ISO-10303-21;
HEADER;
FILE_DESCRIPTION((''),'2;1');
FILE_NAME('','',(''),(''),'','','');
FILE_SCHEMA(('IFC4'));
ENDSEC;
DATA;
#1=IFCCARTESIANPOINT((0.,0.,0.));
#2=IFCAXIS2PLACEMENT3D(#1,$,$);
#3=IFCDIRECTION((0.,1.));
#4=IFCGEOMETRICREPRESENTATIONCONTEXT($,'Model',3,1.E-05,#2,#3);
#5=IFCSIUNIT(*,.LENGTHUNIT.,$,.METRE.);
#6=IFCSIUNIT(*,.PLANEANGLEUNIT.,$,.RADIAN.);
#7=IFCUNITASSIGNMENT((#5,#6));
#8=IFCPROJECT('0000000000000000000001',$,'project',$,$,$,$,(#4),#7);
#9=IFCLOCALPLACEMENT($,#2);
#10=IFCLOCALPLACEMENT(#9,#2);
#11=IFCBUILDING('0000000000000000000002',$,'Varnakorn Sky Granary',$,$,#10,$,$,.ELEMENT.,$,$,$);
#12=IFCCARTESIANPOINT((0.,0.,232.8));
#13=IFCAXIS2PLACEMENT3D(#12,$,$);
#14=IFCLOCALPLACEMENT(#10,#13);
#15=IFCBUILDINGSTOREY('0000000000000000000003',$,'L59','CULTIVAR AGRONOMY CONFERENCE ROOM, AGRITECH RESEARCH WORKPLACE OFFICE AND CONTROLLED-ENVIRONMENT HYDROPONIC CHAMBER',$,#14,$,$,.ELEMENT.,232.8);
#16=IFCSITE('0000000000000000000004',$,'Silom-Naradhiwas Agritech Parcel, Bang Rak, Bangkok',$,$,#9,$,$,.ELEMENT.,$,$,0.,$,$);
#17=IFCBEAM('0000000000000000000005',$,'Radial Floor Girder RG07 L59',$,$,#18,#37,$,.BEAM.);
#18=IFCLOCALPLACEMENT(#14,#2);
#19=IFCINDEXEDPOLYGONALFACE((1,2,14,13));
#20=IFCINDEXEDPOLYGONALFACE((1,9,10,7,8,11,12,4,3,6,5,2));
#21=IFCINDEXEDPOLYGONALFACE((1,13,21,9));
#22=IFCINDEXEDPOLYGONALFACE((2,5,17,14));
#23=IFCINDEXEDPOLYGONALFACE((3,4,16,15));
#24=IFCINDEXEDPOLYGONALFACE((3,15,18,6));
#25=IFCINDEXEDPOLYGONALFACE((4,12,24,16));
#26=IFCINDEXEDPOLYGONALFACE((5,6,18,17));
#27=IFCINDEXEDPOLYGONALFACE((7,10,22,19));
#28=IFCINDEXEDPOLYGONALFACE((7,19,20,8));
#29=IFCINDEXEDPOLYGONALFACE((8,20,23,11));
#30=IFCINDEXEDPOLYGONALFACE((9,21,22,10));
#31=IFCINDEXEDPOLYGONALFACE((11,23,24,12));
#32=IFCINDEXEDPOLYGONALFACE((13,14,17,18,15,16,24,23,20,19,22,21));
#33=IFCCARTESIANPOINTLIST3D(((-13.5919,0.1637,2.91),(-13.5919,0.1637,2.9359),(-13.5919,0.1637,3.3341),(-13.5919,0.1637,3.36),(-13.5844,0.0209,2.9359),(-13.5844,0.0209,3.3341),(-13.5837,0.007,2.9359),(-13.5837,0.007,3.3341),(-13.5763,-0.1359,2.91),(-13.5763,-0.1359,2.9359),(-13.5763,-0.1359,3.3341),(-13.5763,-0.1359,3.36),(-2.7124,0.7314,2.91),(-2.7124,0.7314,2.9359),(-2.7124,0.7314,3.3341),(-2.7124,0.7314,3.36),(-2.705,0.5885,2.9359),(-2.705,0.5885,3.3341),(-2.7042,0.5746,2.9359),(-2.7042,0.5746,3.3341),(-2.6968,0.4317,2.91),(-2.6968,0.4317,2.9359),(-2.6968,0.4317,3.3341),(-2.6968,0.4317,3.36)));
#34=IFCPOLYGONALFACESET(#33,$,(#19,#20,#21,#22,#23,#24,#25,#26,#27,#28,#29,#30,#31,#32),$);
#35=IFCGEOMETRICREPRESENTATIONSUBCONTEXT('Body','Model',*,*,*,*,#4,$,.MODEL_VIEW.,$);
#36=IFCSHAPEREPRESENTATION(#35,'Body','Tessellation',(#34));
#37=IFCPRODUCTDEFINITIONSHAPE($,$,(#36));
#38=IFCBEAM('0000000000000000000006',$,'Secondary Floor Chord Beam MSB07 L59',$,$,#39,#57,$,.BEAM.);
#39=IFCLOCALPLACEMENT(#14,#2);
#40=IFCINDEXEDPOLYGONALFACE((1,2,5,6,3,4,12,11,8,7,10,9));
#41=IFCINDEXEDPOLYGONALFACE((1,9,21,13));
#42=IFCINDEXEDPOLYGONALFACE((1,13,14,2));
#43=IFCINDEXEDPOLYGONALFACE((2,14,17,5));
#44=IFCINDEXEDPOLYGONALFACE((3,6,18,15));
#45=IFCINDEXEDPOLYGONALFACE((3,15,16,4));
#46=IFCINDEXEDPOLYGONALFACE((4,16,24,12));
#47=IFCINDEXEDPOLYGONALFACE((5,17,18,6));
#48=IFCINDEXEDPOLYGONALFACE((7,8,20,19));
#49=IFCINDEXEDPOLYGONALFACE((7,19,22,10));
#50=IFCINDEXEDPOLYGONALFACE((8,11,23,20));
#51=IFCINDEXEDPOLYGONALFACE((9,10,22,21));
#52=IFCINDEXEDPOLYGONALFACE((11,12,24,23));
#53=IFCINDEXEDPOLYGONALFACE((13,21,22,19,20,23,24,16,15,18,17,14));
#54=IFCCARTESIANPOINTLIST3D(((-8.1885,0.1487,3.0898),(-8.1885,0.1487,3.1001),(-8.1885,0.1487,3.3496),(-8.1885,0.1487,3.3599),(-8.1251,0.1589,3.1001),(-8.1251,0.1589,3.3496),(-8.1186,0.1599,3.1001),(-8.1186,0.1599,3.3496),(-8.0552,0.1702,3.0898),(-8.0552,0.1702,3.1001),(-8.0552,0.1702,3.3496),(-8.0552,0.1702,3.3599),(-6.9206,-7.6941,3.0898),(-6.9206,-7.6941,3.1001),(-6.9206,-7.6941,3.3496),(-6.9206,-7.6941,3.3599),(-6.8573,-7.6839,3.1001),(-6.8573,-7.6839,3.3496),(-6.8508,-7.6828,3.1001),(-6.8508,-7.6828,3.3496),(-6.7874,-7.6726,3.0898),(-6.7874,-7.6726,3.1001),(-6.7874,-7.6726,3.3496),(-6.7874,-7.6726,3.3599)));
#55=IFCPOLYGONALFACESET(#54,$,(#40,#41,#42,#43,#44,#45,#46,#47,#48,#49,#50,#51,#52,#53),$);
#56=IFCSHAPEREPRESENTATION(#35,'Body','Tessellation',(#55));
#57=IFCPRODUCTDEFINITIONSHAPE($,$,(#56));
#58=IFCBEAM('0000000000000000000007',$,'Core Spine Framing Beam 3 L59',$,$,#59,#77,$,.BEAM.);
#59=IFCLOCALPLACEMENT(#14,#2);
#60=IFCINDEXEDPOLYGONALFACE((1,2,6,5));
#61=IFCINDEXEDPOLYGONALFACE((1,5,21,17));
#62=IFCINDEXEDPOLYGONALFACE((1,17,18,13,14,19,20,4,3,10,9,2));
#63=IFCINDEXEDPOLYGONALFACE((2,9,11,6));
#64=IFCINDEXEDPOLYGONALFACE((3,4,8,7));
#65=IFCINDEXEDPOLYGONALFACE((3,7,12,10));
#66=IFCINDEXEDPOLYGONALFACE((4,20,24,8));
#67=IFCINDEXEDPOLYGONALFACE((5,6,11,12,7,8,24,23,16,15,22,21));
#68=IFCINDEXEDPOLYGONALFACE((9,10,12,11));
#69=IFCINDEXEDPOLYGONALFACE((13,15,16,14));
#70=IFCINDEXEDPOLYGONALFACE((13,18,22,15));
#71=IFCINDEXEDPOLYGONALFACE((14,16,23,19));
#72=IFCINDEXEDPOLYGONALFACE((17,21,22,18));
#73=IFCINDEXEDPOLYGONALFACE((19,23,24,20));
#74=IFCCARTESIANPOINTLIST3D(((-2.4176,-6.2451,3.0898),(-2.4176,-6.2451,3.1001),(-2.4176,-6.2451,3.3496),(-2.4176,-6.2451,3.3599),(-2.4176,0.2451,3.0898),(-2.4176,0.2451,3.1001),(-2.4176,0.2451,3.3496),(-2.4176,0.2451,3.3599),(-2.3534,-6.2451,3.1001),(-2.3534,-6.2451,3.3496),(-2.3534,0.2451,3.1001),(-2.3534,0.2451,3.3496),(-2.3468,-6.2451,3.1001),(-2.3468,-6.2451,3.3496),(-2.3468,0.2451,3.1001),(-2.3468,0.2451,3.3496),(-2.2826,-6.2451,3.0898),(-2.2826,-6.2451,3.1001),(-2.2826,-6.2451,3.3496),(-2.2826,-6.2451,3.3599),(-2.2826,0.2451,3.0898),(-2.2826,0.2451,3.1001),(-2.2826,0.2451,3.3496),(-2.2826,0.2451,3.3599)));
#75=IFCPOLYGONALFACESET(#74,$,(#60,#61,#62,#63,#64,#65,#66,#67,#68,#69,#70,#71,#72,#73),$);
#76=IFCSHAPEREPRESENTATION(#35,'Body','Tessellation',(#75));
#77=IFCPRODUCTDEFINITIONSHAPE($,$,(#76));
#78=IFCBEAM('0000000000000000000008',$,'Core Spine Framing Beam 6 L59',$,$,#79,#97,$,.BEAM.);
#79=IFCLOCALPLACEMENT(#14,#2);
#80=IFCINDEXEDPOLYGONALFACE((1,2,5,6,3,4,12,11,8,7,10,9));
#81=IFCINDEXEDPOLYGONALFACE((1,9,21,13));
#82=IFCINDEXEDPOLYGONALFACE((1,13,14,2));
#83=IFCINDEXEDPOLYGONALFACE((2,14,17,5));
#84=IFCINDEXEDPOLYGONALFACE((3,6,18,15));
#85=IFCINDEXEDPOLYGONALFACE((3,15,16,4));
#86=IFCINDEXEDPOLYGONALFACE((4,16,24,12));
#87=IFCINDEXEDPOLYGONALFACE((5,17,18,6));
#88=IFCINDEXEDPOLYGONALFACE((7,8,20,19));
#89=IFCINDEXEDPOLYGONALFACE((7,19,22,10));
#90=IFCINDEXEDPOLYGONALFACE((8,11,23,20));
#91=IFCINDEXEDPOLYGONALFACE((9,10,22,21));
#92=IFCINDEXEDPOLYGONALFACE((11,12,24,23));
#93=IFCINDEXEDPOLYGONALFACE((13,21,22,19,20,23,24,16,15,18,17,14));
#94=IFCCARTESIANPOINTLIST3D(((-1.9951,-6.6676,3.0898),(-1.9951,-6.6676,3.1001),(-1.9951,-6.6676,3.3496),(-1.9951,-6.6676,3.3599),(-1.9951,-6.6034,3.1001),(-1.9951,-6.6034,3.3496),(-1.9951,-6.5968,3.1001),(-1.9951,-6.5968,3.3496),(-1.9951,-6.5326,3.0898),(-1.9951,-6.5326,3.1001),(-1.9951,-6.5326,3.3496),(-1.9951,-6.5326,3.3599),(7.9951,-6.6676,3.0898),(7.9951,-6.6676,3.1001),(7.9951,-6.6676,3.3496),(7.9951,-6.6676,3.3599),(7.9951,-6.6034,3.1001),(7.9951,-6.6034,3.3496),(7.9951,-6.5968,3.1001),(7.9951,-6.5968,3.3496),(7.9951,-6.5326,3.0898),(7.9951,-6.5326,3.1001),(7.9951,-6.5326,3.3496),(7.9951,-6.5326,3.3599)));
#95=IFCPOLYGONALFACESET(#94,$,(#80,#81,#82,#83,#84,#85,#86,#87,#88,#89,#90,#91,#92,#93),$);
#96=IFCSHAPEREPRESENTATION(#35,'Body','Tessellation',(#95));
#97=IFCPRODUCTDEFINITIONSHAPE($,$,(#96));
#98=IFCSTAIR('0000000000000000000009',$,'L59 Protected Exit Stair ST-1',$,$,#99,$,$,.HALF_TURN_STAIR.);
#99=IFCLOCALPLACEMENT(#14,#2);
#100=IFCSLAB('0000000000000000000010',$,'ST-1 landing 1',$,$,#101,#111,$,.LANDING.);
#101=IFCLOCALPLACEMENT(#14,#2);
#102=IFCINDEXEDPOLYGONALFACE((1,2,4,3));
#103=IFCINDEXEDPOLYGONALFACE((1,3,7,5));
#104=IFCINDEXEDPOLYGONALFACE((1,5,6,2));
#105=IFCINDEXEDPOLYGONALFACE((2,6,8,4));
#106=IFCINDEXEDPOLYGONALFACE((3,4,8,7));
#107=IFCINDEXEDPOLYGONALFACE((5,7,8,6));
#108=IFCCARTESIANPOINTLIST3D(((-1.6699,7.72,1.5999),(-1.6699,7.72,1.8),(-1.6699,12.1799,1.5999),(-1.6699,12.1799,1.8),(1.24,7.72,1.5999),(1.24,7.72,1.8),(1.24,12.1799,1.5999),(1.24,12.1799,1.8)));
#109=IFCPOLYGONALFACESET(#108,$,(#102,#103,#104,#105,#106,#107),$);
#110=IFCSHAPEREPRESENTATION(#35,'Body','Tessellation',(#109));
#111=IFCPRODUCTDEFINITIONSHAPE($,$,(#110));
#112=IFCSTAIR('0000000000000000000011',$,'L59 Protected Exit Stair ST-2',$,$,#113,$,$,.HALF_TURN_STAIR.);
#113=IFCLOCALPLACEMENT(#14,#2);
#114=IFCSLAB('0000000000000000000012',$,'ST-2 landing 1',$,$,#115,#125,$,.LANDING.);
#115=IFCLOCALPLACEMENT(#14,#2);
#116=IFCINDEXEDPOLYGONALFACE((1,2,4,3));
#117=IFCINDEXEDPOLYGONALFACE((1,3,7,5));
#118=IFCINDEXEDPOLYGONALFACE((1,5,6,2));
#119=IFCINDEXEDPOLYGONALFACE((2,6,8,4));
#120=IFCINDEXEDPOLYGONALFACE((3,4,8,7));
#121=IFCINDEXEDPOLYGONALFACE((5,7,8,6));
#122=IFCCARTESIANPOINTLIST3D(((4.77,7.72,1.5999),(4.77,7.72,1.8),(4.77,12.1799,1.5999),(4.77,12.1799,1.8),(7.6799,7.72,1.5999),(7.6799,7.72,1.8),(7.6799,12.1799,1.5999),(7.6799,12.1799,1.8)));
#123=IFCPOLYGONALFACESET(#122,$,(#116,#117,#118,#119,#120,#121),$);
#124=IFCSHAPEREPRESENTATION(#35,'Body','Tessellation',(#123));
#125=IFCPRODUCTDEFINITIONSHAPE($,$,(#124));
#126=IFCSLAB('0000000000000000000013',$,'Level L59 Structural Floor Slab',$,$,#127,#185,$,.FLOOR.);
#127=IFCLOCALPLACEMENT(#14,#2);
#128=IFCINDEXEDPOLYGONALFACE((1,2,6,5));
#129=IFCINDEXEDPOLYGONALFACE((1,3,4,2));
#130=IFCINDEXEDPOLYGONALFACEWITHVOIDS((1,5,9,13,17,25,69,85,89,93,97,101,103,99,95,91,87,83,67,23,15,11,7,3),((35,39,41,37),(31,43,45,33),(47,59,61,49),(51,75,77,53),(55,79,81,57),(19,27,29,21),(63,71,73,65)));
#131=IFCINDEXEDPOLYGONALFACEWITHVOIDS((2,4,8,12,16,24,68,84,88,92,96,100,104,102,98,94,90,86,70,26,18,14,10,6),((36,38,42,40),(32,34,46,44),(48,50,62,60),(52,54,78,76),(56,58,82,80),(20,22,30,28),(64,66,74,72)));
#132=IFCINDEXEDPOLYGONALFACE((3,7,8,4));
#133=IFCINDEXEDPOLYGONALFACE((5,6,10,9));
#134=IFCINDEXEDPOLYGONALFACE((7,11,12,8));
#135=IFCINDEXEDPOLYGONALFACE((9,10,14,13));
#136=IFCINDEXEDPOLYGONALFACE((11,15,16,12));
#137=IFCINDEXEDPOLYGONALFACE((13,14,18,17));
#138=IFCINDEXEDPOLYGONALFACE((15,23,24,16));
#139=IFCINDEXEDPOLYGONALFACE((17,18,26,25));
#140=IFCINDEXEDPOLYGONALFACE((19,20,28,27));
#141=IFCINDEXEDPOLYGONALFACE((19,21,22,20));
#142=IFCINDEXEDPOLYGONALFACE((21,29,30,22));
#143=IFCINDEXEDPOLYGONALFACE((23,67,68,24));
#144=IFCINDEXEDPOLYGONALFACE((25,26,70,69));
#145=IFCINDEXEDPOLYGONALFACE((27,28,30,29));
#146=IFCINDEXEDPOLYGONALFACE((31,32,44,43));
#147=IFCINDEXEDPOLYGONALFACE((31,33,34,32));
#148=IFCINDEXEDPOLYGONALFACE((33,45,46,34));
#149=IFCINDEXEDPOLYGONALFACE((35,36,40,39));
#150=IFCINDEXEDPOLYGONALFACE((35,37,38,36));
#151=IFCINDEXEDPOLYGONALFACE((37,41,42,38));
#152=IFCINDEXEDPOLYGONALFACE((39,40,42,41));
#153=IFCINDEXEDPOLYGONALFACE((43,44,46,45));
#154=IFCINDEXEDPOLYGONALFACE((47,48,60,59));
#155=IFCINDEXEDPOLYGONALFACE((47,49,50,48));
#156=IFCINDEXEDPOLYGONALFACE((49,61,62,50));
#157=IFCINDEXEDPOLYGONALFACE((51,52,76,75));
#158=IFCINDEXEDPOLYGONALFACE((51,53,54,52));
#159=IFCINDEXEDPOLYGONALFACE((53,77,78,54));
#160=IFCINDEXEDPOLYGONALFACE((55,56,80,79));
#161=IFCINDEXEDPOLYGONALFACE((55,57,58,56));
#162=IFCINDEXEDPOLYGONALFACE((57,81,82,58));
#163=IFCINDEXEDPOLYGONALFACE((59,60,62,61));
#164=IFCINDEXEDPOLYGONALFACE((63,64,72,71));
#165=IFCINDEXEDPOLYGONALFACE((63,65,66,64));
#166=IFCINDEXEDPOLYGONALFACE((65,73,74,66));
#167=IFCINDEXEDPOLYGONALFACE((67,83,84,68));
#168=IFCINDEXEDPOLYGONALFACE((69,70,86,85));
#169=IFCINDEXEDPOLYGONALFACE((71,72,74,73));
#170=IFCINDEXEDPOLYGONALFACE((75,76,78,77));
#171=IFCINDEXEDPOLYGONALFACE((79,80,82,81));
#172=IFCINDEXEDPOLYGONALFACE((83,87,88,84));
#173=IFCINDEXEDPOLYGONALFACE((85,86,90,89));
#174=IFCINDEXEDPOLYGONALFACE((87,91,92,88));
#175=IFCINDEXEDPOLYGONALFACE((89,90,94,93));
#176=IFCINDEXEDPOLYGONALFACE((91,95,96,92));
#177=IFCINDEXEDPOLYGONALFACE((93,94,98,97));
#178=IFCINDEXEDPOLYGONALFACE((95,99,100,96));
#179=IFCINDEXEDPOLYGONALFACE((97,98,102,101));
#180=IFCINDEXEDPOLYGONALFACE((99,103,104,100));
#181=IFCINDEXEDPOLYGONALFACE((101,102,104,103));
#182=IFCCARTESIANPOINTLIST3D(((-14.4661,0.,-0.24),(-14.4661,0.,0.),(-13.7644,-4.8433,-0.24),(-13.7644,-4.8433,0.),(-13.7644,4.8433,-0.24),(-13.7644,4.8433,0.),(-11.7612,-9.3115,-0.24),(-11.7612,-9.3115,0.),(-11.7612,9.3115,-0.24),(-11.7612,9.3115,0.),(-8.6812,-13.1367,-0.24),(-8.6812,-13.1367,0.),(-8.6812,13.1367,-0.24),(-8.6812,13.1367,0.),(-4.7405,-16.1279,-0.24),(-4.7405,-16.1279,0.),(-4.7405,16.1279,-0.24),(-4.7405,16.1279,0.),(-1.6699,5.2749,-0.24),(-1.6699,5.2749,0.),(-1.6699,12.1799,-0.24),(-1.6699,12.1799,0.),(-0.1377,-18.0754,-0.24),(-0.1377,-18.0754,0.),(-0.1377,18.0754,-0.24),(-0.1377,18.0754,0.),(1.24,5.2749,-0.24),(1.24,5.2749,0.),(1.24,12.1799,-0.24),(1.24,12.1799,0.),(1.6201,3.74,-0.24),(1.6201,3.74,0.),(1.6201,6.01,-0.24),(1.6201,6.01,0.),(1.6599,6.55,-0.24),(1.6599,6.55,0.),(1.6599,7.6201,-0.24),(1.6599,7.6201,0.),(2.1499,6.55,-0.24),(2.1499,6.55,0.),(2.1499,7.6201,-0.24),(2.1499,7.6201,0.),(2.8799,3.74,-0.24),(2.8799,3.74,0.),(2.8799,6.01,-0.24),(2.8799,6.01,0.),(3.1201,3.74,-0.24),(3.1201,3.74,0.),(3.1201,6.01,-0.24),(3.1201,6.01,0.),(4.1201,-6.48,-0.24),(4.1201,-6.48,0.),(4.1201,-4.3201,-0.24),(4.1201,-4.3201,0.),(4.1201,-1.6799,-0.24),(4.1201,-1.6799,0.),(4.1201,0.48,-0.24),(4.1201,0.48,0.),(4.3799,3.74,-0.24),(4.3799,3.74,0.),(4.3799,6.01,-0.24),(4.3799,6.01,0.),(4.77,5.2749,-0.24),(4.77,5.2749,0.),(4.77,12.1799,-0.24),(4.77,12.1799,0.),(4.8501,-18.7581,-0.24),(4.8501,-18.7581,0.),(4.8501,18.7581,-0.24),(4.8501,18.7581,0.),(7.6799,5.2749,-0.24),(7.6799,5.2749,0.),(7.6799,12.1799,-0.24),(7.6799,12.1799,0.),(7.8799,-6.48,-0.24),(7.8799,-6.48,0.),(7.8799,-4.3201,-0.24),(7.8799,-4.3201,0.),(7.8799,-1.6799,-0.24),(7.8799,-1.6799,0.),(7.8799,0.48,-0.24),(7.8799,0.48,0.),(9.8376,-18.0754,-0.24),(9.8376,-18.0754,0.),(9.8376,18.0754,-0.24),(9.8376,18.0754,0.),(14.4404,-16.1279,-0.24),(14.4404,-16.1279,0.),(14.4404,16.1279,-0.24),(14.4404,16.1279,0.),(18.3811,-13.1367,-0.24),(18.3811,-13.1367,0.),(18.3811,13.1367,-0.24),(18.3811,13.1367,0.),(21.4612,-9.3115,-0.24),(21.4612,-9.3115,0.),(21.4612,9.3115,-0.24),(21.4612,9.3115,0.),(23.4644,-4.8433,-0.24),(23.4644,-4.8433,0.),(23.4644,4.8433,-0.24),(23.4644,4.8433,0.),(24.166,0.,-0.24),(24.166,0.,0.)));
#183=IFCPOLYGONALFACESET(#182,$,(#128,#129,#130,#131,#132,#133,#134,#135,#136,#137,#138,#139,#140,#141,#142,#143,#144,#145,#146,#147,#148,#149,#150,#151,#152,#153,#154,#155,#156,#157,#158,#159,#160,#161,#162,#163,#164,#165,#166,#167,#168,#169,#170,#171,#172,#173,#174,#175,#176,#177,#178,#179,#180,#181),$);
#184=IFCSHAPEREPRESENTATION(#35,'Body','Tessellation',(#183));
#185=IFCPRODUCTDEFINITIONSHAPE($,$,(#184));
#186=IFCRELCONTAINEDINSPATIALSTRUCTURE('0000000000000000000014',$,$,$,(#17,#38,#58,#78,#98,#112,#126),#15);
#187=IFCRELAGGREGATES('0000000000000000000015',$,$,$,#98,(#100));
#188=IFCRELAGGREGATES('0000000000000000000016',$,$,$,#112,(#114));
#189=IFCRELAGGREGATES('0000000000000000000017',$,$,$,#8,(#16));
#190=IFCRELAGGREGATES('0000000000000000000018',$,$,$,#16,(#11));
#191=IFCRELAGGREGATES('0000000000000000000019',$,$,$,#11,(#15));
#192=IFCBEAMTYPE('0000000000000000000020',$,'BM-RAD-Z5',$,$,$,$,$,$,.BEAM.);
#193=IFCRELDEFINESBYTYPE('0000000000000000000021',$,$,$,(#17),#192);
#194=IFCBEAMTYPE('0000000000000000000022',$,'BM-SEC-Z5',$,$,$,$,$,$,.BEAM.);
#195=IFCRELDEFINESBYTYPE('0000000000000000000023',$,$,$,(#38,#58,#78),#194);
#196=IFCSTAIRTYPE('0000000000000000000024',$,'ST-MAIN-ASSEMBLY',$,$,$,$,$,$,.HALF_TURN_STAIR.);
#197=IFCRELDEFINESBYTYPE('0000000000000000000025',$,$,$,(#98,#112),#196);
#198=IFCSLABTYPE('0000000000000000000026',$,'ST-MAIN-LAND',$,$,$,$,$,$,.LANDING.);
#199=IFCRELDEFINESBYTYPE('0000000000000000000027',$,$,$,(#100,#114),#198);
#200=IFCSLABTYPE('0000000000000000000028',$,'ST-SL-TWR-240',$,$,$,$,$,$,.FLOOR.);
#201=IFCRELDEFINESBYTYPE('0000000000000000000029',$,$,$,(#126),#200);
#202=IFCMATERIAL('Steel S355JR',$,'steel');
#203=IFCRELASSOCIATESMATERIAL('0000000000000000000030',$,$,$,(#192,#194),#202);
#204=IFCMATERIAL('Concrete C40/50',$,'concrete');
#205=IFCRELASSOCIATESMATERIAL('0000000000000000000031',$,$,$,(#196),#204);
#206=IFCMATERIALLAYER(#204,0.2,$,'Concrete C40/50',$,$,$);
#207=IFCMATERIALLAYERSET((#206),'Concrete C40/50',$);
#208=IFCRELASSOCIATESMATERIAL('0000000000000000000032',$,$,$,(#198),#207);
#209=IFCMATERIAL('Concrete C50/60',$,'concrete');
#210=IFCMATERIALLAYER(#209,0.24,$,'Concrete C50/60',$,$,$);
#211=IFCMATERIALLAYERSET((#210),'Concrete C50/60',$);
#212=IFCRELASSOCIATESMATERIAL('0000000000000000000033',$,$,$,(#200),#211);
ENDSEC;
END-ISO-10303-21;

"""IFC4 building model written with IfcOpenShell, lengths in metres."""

from ifc_helpers import new_model, si_unit, direction, frame, origin, origin_2d, place, context, subcontext, project, spatial, polyline, i_section, outline, extrude, material, layer, layer_set, material_profile, profile_set, type_object, element, aggregate, save


model = new_model("IFC4")

# Units and contexts
model_context = context("Model", 3, precision=1e-05, world=origin(), true_north=direction((0.0, 1.0)))
body_context = subcontext(model_context, "Body", "Model", "MODEL_VIEW")
ifc_project = project(units=[si_unit("LENGTHUNIT", "METRE"), si_unit("PLANEANGLEUNIT", "RADIAN")], contexts=[model_context])

# Site, building, storey
site_placement = place(None, origin())
site = spatial("IfcSite", under=ifc_project, at=site_placement, Name="Silom-Naradhiwas Agritech Parcel, Bang Rak, Bangkok", CompositionType="ELEMENT", RefElevation=0.0)
building_placement = place(site_placement, origin())
building = spatial("IfcBuilding", under=site, at=building_placement, Name="Varnakorn Sky Granary", CompositionType="ELEMENT")
storey_placement = place(building_placement, frame((0.0, 0.0, 232.8)))
storey = spatial("IfcBuildingStorey", under=building, at=storey_placement, Name="L59", Description="CULTIVAR AGRONOMY CONFERENCE ROOM, AGRITECH RESEARCH WORKPLACE OFFICE AND CONTROLLED-ENVIRONMENT HYDROPONIC CHAMBER", CompositionType="ELEMENT", Elevation=232.8)

# Beams
ifc_material_1 = material(Name="Steel S355JR", Category="steel")
ifc_material_profile_1 = material_profile(ifc_material_1, i_section(OverallWidth=0.3, OverallDepth=0.45, WebThickness=0.0139, FlangeThickness=0.0259, at=origin_2d()), Name="HE 450 B")
ifc_profile_set_1 = profile_set([ifc_material_profile_1], Name="Steel S355JR")
beam_type_1 = type_object("IfcBeamType", Name="BM-RAD-Z5", PredefinedType="BEAM", material=ifc_profile_set_1)
beam_1_placement = place(storey_placement, frame((-2.7046, 0.5815, 3.135), z_axis=(-0.998642, -0.052104, 0.0), x_axis=(0.052104, -0.998642, 0.0)))
element("IfcBeam", 1, at=beam_1_placement, inside=storey, type_object=beam_type_1, Name="Radial Floor Girder RG07 L59", PredefinedType="BEAM", context=body_context, shape_type="SweptSolid", body=[
    extrude(i_section(OverallWidth=0.3, OverallDepth=0.45, WebThickness=0.0139, FlangeThickness=0.0259, at=origin_2d()), origin(), (0.0, 0.0, 1.0), 10.8943),
])
ifc_material_profile_2 = material_profile(ifc_material_1, i_section(OverallWidth=0.135, OverallDepth=0.27, WebThickness=0.0066, FlangeThickness=0.0103, at=origin_2d()), Name="IPE 270")
ifc_profile_set_2 = profile_set([ifc_material_profile_2], Name="Steel S355JR")
beam_type_2 = type_object("IfcBeamType", Name="BM-SEC-Z5", PredefinedType="BEAM", material=ifc_profile_set_2)
beam_2_placement = place(storey_placement, frame((-8.1218, 0.1594, 3.2249), z_axis=(0.159583, -0.987184, 0.0), x_axis=(0.987184, 0.159583, 0.0)))
element("IfcBeam", 2, at=beam_2_placement, inside=storey, type_object=beam_type_2, Name="Secondary Floor Chord Beam MSB07 L59", PredefinedType="BEAM", context=body_context, shape_type="SweptSolid", body=[
    extrude(i_section(OverallWidth=0.135, OverallDepth=0.27, WebThickness=0.0066, FlangeThickness=0.0103, at=origin_2d()), origin(), (0.0, 0.0, 1.0), 7.9446),
])
beam_3_placement = place(storey_placement, frame((-2.3501, 0.2451, 3.2249), z_axis=(0.0, -1.0, 0.0), x_axis=(1.0, 0.0, 0.0)))
element("IfcBeam", 3, at=beam_3_placement, inside=storey, type_object=beam_type_2, Name="Core Spine Framing Beam 3 L59", PredefinedType="BEAM", context=body_context, shape_type="SweptSolid", body=[
    extrude(i_section(OverallWidth=0.135, OverallDepth=0.27, WebThickness=0.0066, FlangeThickness=0.0103, at=origin_2d()), origin(), (0.0, 0.0, 1.0), 6.4902),
])
beam_4_placement = place(storey_placement, frame((-1.9951, -6.6001, 3.2249), z_axis=(1.0, 0.0, 0.0), x_axis=(0.0, 1.0, 0.0)))
element("IfcBeam", 4, at=beam_4_placement, inside=storey, type_object=beam_type_2, Name="Core Spine Framing Beam 6 L59", PredefinedType="BEAM", context=body_context, shape_type="SweptSolid", body=[
    extrude(i_section(OverallWidth=0.135, OverallDepth=0.27, WebThickness=0.0066, FlangeThickness=0.0103, at=origin_2d()), origin(), (0.0, 0.0, 1.0), 9.9902),
])

# Stairs, slabs
ifc_material_2 = material(Name="Concrete C40/50", Category="concrete")
stair_type = type_object("IfcStairType", Name="ST-MAIN-ASSEMBLY", PredefinedType="HALF_TURN_STAIR", material=ifc_material_2)
stair_1_placement = place(storey_placement, origin())
stair_1 = element("IfcStair", 5, at=stair_1_placement, inside=storey, type_object=stair_type, Name="L59 Protected Exit Stair ST-1", PredefinedType="HALF_TURN_STAIR")
ifc_layer_1 = layer(ifc_material_2, 0.2, Name="Concrete C40/50")
ifc_layer_set_1 = layer_set([ifc_layer_1], Name="Concrete C40/50")
slab_type_1 = type_object("IfcSlabType", Name="ST-MAIN-LAND", PredefinedType="LANDING", material=ifc_layer_set_1)
slab_1_placement = place(storey_placement, frame((0.0, 0.0, 1.5999)))
slab_1 = element("IfcSlab", 6, at=slab_1_placement, type_object=slab_type_1, Name="ST-1 landing 1", PredefinedType="LANDING", context=body_context, shape_type="SweptSolid", body=[
    extrude(outline(polyline([(1.24, 7.72), (1.24, 12.1799), (-1.6699, 12.1799), (-1.6699, 7.72), (1.24, 7.72)])), origin(), (0.0, 0.0, 1.0), 0.2002),
])
aggregate(stair_1, [slab_1])
stair_2_placement = place(storey_placement, origin())
stair_2 = element("IfcStair", 7, at=stair_2_placement, inside=storey, type_object=stair_type, Name="L59 Protected Exit Stair ST-2", PredefinedType="HALF_TURN_STAIR")
slab_2_placement = place(storey_placement, frame((0.0, 0.0, 1.5999)))
slab_2 = element("IfcSlab", 8, at=slab_2_placement, type_object=slab_type_1, Name="ST-2 landing 1", PredefinedType="LANDING", context=body_context, shape_type="SweptSolid", body=[
    extrude(outline(polyline([(7.6799, 7.72), (7.6799, 12.1799), (4.77, 12.1799), (4.77, 7.72), (7.6799, 7.72)])), origin(), (0.0, 0.0, 1.0), 0.2002),
])
aggregate(stair_2, [slab_2])

# Slab
ifc_material_3 = material(Name="Concrete C50/60", Category="concrete")
ifc_layer_2 = layer(ifc_material_3, 0.24, Name="Concrete C50/60")
ifc_layer_set_2 = layer_set([ifc_layer_2], Name="Concrete C50/60")
slab_type_2 = type_object("IfcSlabType", Name="ST-SL-TWR-240", PredefinedType="FLOOR", material=ifc_layer_set_2)
slab_3_placement = place(storey_placement, frame((0.0, 0.0, -0.24)))
element("IfcSlab", 9, at=slab_3_placement, inside=storey, type_object=slab_type_2, Name="Level L59 Structural Floor Slab", PredefinedType="FLOOR", context=body_context, shape_type="SweptSolid", body=[
    extrude(outline(polyline([(24.166, 0.0), (23.4644, 4.8433), (21.4612, 9.3115), (18.3811, 13.1367), (14.4404, 16.1279), (9.8376, 18.0754), (4.8501, 18.7581), (-0.1377, 18.0754), (-4.7405, 16.1279), (-8.6812, 13.1367), (-11.7612, 9.3115), (-13.7644, 4.8433), (-14.4661, 0.0), (-13.7644, -4.8433), (-11.7612, -9.3115), (-8.6812, -13.1367), (-4.7405, -16.1279), (-0.1377, -18.0754), (4.8501, -18.7581), (9.8376, -18.0754), (14.4404, -16.1279), (18.3811, -13.1367), (21.4612, -9.3115), (23.4644, -4.8433), (24.166, 0.0)]), holes=[polyline([(1.24, 5.2749), (1.24, 12.1799), (-1.6699, 12.1799), (-1.6699, 5.2749), (1.24, 5.2749)]), polyline([(7.6799, 5.2749), (7.6799, 12.1799), (4.77, 12.1799), (4.77, 5.2749), (7.6799, 5.2749)]), polyline([(1.6599, 6.55), (2.1499, 6.55), (2.1499, 7.6201), (1.6599, 7.6201), (1.6599, 6.55)]), polyline([(1.6201, 3.74), (2.8799, 3.74), (2.8799, 6.01), (1.6201, 6.01), (1.6201, 3.74)]), polyline([(3.1201, 3.74), (4.3799, 3.74), (4.3799, 6.01), (3.1201, 6.01), (3.1201, 3.74)]), polyline([(4.1201, -1.6799), (7.8799, -1.6799), (7.8799, 0.48), (4.1201, 0.48), (4.1201, -1.6799)]), polyline([(4.1201, -6.48), (7.8799, -6.48), (7.8799, -4.3201), (4.1201, -4.3201), (4.1201, -6.48)])]), origin(), (0.0, 0.0, 1.0), 0.24),
])

save(model, "model.ifc")
